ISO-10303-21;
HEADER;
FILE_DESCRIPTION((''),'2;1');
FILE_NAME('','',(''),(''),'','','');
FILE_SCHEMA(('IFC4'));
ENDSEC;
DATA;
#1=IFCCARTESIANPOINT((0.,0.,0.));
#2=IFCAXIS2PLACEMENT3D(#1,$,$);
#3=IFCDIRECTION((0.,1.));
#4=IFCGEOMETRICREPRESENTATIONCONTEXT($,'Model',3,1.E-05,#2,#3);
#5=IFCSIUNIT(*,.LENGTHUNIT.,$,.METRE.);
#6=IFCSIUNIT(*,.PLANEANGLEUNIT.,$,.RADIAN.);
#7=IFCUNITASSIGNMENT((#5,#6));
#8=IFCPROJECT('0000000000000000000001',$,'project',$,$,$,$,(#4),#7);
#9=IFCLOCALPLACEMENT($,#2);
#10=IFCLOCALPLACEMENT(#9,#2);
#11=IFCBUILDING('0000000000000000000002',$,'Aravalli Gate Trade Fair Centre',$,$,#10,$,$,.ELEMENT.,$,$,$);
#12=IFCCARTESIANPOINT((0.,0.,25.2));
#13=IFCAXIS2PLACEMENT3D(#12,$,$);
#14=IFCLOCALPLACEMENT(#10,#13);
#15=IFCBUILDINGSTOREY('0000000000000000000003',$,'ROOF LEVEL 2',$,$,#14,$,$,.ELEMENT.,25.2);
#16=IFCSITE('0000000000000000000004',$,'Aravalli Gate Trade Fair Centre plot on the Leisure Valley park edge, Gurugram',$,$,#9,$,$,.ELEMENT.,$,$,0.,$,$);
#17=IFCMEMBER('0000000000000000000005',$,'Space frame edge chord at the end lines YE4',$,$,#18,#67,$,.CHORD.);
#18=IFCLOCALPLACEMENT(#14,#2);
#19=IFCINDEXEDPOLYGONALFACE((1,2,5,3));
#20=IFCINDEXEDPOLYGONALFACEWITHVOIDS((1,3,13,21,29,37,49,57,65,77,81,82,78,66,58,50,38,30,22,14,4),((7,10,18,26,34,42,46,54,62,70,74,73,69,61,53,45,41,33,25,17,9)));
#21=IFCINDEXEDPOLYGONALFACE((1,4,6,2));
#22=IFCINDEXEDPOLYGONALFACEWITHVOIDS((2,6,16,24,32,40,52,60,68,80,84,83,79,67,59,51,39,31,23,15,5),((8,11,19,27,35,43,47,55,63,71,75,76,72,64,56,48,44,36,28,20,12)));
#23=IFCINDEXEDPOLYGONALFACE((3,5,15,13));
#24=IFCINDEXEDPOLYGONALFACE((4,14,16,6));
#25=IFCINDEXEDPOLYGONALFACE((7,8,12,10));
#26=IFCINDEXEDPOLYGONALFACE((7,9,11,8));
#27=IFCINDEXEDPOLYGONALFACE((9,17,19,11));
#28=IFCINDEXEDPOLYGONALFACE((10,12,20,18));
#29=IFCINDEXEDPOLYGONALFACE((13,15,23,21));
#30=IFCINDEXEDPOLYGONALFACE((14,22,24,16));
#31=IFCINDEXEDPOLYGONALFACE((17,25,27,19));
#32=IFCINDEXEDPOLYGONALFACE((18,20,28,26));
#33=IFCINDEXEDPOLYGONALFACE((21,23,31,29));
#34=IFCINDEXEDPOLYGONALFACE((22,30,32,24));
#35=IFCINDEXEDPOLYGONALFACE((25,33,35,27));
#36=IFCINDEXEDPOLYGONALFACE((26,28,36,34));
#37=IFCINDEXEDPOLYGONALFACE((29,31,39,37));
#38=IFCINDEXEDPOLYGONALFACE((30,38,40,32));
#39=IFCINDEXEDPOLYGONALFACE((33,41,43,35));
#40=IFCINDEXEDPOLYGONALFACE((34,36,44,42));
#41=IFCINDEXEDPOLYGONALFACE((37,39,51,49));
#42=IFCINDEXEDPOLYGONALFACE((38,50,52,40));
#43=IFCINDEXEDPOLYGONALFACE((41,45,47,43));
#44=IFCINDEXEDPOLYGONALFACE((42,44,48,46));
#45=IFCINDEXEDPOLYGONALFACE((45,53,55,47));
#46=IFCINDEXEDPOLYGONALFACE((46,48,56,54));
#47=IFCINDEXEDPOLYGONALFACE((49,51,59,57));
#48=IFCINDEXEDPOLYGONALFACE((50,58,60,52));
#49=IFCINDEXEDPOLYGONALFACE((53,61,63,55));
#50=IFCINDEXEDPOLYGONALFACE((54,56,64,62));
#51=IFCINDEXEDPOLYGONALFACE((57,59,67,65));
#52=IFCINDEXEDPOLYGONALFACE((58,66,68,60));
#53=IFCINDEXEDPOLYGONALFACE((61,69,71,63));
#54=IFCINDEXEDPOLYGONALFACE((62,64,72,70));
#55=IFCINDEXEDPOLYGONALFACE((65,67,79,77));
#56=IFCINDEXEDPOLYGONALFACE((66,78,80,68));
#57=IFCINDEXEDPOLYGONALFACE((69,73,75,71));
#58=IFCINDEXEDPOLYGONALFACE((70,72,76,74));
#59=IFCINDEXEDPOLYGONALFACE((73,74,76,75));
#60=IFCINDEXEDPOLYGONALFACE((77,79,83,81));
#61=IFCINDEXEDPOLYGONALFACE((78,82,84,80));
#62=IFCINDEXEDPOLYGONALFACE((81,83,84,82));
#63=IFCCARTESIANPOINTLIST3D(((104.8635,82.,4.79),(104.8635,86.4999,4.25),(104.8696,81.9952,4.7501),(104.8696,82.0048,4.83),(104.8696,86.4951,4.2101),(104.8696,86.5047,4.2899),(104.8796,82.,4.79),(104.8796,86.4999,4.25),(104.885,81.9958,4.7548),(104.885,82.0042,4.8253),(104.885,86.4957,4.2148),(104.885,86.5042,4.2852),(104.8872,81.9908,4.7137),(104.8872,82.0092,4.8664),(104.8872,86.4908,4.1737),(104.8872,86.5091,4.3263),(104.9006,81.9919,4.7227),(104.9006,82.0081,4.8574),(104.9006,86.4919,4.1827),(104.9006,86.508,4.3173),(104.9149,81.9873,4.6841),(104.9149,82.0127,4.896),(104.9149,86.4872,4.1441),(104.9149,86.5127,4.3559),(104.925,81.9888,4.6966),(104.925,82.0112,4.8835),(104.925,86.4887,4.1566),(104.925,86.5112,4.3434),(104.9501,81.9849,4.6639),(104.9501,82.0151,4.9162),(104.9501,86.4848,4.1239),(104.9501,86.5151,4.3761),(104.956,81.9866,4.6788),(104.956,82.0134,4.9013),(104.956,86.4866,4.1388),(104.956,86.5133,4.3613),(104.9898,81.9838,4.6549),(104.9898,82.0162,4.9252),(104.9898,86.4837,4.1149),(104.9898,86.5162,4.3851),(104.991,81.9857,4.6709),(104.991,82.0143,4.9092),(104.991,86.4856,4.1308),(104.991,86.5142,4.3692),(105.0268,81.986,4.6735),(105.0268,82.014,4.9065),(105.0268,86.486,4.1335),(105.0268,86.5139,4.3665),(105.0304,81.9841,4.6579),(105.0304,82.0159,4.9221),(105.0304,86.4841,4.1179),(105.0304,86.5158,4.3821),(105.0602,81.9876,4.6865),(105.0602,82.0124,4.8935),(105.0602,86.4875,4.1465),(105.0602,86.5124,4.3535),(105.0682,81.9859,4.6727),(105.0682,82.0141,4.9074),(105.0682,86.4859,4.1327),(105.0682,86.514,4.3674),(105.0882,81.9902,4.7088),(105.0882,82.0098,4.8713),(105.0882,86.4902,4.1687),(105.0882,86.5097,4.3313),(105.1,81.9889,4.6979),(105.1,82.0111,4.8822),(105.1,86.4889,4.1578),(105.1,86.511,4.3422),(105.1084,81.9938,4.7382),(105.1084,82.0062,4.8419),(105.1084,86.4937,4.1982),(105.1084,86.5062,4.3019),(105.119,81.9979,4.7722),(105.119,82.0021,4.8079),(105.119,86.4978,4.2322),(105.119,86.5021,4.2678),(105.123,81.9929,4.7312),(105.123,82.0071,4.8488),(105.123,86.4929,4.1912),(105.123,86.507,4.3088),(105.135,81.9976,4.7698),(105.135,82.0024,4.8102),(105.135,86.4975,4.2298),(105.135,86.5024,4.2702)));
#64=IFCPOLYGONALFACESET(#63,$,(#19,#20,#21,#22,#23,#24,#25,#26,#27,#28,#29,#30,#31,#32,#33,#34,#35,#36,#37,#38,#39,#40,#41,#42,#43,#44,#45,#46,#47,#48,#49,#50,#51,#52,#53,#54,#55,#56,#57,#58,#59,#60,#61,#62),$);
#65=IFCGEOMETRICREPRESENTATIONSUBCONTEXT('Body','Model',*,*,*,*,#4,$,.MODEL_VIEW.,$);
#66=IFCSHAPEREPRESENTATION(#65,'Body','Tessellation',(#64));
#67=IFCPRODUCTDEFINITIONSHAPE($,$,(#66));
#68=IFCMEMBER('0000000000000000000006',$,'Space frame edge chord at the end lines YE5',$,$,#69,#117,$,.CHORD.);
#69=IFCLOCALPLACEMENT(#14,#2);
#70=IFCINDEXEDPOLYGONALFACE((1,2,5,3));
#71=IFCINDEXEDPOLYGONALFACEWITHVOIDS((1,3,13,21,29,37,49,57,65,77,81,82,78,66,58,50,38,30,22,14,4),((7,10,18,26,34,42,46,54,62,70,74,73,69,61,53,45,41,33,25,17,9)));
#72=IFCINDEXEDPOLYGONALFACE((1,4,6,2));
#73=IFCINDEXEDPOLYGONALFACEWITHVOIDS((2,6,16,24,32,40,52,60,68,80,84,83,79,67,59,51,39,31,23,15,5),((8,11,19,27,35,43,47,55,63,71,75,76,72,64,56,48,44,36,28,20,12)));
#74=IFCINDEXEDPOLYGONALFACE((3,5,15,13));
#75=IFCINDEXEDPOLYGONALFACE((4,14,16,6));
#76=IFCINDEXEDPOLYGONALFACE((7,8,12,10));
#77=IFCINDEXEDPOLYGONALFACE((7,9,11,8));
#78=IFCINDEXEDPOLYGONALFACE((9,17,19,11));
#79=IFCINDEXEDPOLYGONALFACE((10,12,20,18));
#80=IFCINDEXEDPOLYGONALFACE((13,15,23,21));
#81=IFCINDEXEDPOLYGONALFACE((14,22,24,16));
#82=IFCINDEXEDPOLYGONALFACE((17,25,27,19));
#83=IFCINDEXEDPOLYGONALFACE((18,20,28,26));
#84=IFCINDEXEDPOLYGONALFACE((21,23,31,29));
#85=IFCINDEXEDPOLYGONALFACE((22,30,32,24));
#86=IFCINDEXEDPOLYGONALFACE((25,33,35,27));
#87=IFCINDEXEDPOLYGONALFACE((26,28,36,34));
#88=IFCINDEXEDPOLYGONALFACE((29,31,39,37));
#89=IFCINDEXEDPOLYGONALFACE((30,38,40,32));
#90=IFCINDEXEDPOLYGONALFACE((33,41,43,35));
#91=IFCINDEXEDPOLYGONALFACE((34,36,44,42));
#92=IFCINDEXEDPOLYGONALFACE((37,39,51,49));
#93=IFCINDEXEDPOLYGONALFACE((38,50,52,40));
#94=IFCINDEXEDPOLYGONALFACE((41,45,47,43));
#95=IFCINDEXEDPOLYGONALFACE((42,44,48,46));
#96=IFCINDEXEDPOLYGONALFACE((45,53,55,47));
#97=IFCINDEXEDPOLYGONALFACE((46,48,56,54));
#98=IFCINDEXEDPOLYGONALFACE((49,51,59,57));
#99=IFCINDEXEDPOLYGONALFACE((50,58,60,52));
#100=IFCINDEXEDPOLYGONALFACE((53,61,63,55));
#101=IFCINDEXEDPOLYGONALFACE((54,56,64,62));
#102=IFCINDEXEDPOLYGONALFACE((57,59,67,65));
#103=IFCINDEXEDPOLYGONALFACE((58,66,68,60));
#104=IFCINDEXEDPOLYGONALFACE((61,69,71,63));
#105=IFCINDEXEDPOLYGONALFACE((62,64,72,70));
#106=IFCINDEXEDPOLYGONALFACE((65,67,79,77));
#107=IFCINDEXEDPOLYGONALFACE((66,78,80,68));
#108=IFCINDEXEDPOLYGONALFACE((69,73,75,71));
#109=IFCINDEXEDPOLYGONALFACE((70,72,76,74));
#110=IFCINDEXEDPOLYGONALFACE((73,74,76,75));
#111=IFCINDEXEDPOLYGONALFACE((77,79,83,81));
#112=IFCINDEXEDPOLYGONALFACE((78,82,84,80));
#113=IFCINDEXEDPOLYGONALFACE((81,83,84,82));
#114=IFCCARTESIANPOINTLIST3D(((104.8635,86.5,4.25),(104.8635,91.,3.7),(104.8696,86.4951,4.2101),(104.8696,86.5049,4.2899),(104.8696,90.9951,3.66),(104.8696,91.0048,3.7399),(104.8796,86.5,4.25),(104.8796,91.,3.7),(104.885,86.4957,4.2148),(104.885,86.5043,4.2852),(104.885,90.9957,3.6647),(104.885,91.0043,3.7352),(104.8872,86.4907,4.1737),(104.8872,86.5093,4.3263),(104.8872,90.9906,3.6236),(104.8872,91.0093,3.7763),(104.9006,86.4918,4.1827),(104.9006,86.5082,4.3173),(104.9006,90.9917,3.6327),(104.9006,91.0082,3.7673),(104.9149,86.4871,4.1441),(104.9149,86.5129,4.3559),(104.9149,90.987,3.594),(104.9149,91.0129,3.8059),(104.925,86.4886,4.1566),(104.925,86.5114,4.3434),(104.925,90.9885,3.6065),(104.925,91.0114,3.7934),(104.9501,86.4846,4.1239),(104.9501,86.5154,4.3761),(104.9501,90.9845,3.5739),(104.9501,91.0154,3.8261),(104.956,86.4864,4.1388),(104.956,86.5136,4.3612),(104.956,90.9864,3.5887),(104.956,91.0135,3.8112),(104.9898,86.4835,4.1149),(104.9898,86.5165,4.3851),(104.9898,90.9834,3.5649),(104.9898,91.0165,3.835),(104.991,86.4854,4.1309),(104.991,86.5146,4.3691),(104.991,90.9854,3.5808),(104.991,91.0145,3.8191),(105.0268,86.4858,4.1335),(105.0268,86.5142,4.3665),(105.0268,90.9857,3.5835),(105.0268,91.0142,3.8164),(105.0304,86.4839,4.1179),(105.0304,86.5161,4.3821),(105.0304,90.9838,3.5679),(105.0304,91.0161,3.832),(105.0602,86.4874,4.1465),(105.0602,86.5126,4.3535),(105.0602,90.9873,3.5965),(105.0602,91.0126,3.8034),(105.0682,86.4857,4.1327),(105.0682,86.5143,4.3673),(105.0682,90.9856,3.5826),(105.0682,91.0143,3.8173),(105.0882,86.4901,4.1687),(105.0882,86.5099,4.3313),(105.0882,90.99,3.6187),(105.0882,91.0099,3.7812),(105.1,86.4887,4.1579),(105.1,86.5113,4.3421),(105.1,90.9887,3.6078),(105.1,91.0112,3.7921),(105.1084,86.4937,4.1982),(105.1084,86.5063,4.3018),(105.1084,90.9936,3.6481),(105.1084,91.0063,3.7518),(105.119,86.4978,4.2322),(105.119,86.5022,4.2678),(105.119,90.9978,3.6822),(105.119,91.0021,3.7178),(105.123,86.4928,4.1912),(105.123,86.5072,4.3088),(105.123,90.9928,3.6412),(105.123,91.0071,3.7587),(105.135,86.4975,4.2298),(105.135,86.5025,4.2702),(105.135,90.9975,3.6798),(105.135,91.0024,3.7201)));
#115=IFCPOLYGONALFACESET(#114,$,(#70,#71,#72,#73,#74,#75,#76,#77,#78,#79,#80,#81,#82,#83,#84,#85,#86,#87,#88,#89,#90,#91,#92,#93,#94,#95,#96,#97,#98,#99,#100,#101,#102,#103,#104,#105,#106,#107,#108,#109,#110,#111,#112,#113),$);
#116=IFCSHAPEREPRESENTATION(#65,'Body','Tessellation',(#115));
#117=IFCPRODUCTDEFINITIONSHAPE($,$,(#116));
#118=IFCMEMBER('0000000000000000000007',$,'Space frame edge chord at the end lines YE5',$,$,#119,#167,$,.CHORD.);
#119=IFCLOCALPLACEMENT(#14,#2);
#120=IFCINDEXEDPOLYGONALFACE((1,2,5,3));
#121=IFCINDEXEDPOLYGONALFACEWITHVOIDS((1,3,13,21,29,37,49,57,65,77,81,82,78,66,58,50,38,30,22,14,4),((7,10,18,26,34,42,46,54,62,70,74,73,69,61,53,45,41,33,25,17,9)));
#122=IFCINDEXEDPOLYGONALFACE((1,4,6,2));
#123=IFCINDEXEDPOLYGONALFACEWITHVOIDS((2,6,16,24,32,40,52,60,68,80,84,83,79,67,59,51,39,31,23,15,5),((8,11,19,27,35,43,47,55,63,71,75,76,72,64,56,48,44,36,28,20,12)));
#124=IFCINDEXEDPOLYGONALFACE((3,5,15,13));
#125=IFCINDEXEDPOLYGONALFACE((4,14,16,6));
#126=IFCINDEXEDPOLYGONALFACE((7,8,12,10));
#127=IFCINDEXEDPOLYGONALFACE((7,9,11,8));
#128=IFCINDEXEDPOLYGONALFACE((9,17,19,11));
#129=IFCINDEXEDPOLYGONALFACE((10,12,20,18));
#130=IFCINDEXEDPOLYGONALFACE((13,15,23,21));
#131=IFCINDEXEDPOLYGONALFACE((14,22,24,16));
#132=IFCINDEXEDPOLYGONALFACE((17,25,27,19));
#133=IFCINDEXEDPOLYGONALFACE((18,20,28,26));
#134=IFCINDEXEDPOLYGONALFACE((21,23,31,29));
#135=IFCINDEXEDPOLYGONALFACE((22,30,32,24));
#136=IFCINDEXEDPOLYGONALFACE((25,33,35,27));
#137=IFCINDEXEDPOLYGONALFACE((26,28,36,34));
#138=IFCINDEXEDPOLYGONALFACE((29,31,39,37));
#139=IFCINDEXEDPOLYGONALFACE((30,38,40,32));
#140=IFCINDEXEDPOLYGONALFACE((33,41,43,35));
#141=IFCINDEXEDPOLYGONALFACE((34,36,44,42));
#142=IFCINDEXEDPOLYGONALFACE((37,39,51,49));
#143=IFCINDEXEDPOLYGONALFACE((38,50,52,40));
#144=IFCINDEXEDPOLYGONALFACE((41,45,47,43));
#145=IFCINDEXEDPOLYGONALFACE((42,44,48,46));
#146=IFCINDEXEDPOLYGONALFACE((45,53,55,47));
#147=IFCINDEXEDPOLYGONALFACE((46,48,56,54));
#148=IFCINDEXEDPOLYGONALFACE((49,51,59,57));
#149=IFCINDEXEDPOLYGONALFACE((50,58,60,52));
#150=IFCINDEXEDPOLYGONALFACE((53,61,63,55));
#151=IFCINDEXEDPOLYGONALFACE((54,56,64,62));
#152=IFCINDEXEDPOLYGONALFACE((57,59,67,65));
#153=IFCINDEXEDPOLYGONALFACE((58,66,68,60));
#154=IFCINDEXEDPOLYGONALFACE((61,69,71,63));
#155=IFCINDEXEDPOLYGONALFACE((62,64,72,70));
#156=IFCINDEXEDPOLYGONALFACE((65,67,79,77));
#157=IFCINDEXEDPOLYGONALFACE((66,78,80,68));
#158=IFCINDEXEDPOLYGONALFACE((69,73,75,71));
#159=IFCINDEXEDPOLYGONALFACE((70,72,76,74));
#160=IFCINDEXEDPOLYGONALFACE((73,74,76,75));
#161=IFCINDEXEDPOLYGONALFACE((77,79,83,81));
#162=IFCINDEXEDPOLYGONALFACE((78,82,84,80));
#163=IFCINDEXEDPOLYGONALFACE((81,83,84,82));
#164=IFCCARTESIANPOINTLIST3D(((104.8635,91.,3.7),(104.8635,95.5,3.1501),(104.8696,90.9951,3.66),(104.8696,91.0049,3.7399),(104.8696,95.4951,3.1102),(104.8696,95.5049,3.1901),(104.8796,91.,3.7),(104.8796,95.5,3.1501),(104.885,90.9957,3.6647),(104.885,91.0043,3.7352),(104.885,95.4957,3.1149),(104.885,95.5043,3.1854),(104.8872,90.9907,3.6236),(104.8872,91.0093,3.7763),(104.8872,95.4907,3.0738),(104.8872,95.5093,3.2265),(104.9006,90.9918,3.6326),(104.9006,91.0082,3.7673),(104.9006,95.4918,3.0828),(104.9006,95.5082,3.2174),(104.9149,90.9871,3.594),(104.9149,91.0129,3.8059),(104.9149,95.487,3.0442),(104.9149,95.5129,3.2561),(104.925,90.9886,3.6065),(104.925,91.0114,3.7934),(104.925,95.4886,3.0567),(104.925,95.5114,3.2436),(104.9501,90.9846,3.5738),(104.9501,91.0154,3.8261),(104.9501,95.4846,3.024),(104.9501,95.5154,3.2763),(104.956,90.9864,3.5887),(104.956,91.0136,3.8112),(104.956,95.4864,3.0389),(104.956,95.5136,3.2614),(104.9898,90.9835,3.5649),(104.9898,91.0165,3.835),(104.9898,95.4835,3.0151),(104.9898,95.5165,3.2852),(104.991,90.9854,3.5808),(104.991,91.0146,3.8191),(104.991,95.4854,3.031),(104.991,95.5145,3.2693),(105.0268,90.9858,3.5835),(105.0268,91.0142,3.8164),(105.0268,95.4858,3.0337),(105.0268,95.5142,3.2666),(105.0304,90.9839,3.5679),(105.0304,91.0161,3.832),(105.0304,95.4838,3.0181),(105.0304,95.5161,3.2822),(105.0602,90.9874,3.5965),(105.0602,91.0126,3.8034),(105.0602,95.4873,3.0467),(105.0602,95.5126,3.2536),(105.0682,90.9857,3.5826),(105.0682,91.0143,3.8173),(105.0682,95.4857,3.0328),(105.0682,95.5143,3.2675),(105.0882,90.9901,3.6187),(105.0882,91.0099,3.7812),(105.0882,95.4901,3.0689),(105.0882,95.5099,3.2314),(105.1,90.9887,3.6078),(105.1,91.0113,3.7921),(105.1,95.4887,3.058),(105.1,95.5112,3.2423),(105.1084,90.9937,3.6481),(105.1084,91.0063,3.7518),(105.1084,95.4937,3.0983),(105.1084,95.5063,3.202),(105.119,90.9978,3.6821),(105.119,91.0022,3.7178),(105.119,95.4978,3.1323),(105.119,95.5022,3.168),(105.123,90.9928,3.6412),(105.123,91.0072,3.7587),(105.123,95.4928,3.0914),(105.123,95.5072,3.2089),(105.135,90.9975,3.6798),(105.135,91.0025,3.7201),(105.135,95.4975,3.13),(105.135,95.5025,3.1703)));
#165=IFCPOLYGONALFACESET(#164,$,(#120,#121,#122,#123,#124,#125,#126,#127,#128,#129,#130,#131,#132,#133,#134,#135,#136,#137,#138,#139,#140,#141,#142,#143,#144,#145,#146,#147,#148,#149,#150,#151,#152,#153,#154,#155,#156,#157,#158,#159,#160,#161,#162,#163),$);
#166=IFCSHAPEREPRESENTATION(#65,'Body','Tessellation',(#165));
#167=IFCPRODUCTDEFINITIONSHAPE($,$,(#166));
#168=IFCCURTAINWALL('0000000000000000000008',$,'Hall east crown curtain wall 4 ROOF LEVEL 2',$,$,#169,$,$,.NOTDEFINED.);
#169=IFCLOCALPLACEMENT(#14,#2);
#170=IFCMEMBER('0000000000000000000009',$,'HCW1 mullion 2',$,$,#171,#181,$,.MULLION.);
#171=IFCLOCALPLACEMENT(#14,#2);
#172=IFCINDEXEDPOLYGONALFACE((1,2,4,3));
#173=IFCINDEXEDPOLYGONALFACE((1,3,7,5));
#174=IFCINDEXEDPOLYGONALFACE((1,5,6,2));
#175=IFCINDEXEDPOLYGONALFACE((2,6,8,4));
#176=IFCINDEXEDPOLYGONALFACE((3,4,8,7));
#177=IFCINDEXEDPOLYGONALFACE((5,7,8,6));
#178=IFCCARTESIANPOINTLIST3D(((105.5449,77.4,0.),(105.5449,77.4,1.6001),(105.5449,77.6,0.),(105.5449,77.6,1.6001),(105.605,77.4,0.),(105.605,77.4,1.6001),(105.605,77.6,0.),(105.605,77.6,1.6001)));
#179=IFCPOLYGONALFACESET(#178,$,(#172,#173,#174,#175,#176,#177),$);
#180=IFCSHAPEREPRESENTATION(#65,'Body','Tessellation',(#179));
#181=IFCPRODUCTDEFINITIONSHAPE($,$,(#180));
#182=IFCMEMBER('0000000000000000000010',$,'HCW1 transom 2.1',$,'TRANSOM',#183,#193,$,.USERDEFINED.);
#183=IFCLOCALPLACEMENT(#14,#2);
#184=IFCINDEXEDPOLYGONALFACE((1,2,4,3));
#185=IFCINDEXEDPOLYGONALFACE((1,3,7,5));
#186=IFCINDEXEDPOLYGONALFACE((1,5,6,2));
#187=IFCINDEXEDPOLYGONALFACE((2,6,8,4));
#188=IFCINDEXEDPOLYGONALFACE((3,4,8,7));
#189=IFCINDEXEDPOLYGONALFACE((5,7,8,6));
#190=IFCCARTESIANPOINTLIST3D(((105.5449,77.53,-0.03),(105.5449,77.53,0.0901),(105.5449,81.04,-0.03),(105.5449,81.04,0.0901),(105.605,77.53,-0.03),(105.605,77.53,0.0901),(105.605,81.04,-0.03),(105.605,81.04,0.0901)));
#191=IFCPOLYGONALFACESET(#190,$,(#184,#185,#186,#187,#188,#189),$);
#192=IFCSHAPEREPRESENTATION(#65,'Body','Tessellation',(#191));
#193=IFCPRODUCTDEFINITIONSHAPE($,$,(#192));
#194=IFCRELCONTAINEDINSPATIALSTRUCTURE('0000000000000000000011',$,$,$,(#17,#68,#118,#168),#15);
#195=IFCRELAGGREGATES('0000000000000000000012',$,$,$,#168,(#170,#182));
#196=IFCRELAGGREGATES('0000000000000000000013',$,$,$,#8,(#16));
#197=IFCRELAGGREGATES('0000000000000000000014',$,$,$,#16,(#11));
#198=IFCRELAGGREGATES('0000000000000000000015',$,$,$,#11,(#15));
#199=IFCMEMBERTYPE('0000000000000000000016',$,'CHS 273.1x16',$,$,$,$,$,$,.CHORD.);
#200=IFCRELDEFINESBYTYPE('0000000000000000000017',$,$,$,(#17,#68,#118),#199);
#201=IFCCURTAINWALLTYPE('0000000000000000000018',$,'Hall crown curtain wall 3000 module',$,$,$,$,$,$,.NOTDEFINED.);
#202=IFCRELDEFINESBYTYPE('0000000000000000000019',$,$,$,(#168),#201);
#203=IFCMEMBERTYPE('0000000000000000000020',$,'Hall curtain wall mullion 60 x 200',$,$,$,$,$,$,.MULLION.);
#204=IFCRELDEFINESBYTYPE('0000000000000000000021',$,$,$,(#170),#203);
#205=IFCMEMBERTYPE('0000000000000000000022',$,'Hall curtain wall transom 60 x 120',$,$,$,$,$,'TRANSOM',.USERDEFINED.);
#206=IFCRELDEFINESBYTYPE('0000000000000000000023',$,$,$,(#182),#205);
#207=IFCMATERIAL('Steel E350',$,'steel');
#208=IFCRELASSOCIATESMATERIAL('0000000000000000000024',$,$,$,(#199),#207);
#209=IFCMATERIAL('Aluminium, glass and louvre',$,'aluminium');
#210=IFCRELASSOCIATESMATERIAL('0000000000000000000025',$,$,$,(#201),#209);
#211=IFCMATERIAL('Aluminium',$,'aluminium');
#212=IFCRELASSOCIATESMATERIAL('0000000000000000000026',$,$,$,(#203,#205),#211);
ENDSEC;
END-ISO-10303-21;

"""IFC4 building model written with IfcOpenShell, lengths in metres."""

from ifc_helpers import new_model, si_unit, direction, frame, origin, origin_2d, place, context, subcontext, project, spatial, rectangle, hollow_circle, extrude, material, material_profile, profile_set, type_object, element, aggregate, save


model = new_model("IFC4")

# Units and contexts
model_context = context("Model", 3, precision=1e-05, world=origin(), true_north=direction((0.0, 1.0)))
body_context = subcontext(model_context, "Body", "Model", "MODEL_VIEW")
ifc_project = project(units=[si_unit("LENGTHUNIT", "METRE"), si_unit("PLANEANGLEUNIT", "RADIAN")], contexts=[model_context])

# Site, building, storey
site_placement = place(None, origin())
site = spatial("IfcSite", under=ifc_project, at=site_placement, Name="Aravalli Gate Trade Fair Centre plot on the Leisure Valley park edge, Gurugram", CompositionType="ELEMENT", RefElevation=0.0)
building_placement = place(site_placement, origin())
building = spatial("IfcBuilding", under=site, at=building_placement, Name="Aravalli Gate Trade Fair Centre", CompositionType="ELEMENT")
storey_placement = place(building_placement, frame((0.0, 0.0, 25.2)))
storey = spatial("IfcBuildingStorey", under=building, at=storey_placement, Name="ROOF LEVEL 2", CompositionType="ELEMENT", Elevation=25.2)

# Members
ifc_material_1 = material(Name="Steel E350", Category="steel")
ifc_material_profile_1 = material_profile(ifc_material_1, hollow_circle(Radius=0.1365, WallThickness=0.0161, at=origin_2d()), Name="CHS 273.1x16")
ifc_profile_set_1 = profile_set([ifc_material_profile_1], Name="Steel E350")
member_type_1 = type_object("IfcMemberType", Name="CHS 273.1x16", PredefinedType="CHORD", material=ifc_profile_set_1)
for number, where, z_axis, x_axis, name in (
    (1, (105.0, 82.0, 4.79), (0.0, 0.992876, -0.119154), (-1.0, 0.0, 0.0), "Space frame edge chord at the end lines YE4"),
):
    element("IfcMember", number, at=place(storey_placement, frame(where, z_axis=z_axis, x_axis=x_axis)), inside=storey, type_object=member_type_1, Name=name, PredefinedType="CHORD", context=body_context, shape_type="SweptSolid", body=[
        extrude(hollow_circle(Radius=0.1365, WallThickness=0.0161, at=origin_2d()), origin(), (0.0, 0.0, 1.0), 4.5322),
    ])
for number, where, z_axis, x_axis, name in (
    (2, (105.0, 86.5, 4.25), (0.0, 0.992612, -0.12133), (-1.0, 0.0, 0.0), "Space frame edge chord at the end lines YE5"),
    (3, (105.0, 91.0, 3.7), (0.0, 0.992619, -0.121277), (-1.0, 0.0, 0.0), "Space frame edge chord at the end lines YE5"),
):
    element("IfcMember", number, at=place(storey_placement, frame(where, z_axis=z_axis, x_axis=x_axis)), inside=storey, type_object=member_type_1, Name=name, PredefinedType="CHORD", context=body_context, shape_type="SweptSolid", body=[
        extrude(hollow_circle(Radius=0.1365, WallThickness=0.0161, at=origin_2d()), origin(), (0.0, 0.0, 1.0), 4.5334),
    ])

# Curtain wall, members
ifc_material_2 = material(Name="Aluminium, glass and louvre", Category="aluminium")
curtain_wall_type = type_object("IfcCurtainWallType", Name="Hall crown curtain wall 3000 module", PredefinedType="NOTDEFINED", material=ifc_material_2)
curtain_wall_placement = place(storey_placement, origin())
curtain_wall = element("IfcCurtainWall", 4, at=curtain_wall_placement, inside=storey, type_object=curtain_wall_type, Name="Hall east crown curtain wall 4 ROOF LEVEL 2", PredefinedType="NOTDEFINED")
ifc_material_3 = material(Name="Aluminium", Category="aluminium")
ifc_material_profile_2 = material_profile(ifc_material_3, rectangle(XDim=0.0601, YDim=0.2, at=origin_2d()), Name="Hall curtain wall mullion 60 x 200")
ifc_profile_set_2 = profile_set([ifc_material_profile_2], Name="Aluminium")
member_type_2 = type_object("IfcMemberType", Name="Hall curtain wall mullion 60 x 200", PredefinedType="MULLION", material=ifc_profile_set_2)
member_1_placement = place(storey_placement, frame((105.575, 77.5, 0.0), z_axis=(0.0, 0.0, 1.0), x_axis=(-1.0, 0.0, 0.0)))
member_1 = element("IfcMember", 5, at=member_1_placement, type_object=member_type_2, Name="HCW1 mullion 2", PredefinedType="MULLION", context=body_context, shape_type="SweptSolid", body=[
    extrude(rectangle(XDim=0.0601, YDim=0.2, at=origin_2d()), origin(), (0.0, 0.0, 1.0), 1.6001),
])
ifc_material_profile_3 = material_profile(ifc_material_3, rectangle(XDim=0.0601, YDim=0.1201, at=origin_2d()), Name="Hall curtain wall transom 60 x 120")
ifc_profile_set_3 = profile_set([ifc_material_profile_3], Name="Aluminium")
member_type_3 = type_object("IfcMemberType", Name="Hall curtain wall transom 60 x 120", ElementType="TRANSOM", PredefinedType="USERDEFINED", material=ifc_profile_set_3)
member_2_placement = place(storey_placement, frame((105.575, 77.53, 0.03), z_axis=(0.0, 1.0, 0.0), x_axis=(-1.0, 0.0, 0.0)))
member_2 = element("IfcMember", 6, at=member_2_placement, type_object=member_type_3, Name="HCW1 transom 2.1", ObjectType="TRANSOM", PredefinedType="USERDEFINED", context=body_context, shape_type="SweptSolid", body=[
    extrude(rectangle(XDim=0.0601, YDim=0.1201, at=origin_2d()), origin(), (0.0, 0.0, 1.0), 3.51),
])
aggregate(curtain_wall, [member_1, member_2])

save(model, "model.ifc")
